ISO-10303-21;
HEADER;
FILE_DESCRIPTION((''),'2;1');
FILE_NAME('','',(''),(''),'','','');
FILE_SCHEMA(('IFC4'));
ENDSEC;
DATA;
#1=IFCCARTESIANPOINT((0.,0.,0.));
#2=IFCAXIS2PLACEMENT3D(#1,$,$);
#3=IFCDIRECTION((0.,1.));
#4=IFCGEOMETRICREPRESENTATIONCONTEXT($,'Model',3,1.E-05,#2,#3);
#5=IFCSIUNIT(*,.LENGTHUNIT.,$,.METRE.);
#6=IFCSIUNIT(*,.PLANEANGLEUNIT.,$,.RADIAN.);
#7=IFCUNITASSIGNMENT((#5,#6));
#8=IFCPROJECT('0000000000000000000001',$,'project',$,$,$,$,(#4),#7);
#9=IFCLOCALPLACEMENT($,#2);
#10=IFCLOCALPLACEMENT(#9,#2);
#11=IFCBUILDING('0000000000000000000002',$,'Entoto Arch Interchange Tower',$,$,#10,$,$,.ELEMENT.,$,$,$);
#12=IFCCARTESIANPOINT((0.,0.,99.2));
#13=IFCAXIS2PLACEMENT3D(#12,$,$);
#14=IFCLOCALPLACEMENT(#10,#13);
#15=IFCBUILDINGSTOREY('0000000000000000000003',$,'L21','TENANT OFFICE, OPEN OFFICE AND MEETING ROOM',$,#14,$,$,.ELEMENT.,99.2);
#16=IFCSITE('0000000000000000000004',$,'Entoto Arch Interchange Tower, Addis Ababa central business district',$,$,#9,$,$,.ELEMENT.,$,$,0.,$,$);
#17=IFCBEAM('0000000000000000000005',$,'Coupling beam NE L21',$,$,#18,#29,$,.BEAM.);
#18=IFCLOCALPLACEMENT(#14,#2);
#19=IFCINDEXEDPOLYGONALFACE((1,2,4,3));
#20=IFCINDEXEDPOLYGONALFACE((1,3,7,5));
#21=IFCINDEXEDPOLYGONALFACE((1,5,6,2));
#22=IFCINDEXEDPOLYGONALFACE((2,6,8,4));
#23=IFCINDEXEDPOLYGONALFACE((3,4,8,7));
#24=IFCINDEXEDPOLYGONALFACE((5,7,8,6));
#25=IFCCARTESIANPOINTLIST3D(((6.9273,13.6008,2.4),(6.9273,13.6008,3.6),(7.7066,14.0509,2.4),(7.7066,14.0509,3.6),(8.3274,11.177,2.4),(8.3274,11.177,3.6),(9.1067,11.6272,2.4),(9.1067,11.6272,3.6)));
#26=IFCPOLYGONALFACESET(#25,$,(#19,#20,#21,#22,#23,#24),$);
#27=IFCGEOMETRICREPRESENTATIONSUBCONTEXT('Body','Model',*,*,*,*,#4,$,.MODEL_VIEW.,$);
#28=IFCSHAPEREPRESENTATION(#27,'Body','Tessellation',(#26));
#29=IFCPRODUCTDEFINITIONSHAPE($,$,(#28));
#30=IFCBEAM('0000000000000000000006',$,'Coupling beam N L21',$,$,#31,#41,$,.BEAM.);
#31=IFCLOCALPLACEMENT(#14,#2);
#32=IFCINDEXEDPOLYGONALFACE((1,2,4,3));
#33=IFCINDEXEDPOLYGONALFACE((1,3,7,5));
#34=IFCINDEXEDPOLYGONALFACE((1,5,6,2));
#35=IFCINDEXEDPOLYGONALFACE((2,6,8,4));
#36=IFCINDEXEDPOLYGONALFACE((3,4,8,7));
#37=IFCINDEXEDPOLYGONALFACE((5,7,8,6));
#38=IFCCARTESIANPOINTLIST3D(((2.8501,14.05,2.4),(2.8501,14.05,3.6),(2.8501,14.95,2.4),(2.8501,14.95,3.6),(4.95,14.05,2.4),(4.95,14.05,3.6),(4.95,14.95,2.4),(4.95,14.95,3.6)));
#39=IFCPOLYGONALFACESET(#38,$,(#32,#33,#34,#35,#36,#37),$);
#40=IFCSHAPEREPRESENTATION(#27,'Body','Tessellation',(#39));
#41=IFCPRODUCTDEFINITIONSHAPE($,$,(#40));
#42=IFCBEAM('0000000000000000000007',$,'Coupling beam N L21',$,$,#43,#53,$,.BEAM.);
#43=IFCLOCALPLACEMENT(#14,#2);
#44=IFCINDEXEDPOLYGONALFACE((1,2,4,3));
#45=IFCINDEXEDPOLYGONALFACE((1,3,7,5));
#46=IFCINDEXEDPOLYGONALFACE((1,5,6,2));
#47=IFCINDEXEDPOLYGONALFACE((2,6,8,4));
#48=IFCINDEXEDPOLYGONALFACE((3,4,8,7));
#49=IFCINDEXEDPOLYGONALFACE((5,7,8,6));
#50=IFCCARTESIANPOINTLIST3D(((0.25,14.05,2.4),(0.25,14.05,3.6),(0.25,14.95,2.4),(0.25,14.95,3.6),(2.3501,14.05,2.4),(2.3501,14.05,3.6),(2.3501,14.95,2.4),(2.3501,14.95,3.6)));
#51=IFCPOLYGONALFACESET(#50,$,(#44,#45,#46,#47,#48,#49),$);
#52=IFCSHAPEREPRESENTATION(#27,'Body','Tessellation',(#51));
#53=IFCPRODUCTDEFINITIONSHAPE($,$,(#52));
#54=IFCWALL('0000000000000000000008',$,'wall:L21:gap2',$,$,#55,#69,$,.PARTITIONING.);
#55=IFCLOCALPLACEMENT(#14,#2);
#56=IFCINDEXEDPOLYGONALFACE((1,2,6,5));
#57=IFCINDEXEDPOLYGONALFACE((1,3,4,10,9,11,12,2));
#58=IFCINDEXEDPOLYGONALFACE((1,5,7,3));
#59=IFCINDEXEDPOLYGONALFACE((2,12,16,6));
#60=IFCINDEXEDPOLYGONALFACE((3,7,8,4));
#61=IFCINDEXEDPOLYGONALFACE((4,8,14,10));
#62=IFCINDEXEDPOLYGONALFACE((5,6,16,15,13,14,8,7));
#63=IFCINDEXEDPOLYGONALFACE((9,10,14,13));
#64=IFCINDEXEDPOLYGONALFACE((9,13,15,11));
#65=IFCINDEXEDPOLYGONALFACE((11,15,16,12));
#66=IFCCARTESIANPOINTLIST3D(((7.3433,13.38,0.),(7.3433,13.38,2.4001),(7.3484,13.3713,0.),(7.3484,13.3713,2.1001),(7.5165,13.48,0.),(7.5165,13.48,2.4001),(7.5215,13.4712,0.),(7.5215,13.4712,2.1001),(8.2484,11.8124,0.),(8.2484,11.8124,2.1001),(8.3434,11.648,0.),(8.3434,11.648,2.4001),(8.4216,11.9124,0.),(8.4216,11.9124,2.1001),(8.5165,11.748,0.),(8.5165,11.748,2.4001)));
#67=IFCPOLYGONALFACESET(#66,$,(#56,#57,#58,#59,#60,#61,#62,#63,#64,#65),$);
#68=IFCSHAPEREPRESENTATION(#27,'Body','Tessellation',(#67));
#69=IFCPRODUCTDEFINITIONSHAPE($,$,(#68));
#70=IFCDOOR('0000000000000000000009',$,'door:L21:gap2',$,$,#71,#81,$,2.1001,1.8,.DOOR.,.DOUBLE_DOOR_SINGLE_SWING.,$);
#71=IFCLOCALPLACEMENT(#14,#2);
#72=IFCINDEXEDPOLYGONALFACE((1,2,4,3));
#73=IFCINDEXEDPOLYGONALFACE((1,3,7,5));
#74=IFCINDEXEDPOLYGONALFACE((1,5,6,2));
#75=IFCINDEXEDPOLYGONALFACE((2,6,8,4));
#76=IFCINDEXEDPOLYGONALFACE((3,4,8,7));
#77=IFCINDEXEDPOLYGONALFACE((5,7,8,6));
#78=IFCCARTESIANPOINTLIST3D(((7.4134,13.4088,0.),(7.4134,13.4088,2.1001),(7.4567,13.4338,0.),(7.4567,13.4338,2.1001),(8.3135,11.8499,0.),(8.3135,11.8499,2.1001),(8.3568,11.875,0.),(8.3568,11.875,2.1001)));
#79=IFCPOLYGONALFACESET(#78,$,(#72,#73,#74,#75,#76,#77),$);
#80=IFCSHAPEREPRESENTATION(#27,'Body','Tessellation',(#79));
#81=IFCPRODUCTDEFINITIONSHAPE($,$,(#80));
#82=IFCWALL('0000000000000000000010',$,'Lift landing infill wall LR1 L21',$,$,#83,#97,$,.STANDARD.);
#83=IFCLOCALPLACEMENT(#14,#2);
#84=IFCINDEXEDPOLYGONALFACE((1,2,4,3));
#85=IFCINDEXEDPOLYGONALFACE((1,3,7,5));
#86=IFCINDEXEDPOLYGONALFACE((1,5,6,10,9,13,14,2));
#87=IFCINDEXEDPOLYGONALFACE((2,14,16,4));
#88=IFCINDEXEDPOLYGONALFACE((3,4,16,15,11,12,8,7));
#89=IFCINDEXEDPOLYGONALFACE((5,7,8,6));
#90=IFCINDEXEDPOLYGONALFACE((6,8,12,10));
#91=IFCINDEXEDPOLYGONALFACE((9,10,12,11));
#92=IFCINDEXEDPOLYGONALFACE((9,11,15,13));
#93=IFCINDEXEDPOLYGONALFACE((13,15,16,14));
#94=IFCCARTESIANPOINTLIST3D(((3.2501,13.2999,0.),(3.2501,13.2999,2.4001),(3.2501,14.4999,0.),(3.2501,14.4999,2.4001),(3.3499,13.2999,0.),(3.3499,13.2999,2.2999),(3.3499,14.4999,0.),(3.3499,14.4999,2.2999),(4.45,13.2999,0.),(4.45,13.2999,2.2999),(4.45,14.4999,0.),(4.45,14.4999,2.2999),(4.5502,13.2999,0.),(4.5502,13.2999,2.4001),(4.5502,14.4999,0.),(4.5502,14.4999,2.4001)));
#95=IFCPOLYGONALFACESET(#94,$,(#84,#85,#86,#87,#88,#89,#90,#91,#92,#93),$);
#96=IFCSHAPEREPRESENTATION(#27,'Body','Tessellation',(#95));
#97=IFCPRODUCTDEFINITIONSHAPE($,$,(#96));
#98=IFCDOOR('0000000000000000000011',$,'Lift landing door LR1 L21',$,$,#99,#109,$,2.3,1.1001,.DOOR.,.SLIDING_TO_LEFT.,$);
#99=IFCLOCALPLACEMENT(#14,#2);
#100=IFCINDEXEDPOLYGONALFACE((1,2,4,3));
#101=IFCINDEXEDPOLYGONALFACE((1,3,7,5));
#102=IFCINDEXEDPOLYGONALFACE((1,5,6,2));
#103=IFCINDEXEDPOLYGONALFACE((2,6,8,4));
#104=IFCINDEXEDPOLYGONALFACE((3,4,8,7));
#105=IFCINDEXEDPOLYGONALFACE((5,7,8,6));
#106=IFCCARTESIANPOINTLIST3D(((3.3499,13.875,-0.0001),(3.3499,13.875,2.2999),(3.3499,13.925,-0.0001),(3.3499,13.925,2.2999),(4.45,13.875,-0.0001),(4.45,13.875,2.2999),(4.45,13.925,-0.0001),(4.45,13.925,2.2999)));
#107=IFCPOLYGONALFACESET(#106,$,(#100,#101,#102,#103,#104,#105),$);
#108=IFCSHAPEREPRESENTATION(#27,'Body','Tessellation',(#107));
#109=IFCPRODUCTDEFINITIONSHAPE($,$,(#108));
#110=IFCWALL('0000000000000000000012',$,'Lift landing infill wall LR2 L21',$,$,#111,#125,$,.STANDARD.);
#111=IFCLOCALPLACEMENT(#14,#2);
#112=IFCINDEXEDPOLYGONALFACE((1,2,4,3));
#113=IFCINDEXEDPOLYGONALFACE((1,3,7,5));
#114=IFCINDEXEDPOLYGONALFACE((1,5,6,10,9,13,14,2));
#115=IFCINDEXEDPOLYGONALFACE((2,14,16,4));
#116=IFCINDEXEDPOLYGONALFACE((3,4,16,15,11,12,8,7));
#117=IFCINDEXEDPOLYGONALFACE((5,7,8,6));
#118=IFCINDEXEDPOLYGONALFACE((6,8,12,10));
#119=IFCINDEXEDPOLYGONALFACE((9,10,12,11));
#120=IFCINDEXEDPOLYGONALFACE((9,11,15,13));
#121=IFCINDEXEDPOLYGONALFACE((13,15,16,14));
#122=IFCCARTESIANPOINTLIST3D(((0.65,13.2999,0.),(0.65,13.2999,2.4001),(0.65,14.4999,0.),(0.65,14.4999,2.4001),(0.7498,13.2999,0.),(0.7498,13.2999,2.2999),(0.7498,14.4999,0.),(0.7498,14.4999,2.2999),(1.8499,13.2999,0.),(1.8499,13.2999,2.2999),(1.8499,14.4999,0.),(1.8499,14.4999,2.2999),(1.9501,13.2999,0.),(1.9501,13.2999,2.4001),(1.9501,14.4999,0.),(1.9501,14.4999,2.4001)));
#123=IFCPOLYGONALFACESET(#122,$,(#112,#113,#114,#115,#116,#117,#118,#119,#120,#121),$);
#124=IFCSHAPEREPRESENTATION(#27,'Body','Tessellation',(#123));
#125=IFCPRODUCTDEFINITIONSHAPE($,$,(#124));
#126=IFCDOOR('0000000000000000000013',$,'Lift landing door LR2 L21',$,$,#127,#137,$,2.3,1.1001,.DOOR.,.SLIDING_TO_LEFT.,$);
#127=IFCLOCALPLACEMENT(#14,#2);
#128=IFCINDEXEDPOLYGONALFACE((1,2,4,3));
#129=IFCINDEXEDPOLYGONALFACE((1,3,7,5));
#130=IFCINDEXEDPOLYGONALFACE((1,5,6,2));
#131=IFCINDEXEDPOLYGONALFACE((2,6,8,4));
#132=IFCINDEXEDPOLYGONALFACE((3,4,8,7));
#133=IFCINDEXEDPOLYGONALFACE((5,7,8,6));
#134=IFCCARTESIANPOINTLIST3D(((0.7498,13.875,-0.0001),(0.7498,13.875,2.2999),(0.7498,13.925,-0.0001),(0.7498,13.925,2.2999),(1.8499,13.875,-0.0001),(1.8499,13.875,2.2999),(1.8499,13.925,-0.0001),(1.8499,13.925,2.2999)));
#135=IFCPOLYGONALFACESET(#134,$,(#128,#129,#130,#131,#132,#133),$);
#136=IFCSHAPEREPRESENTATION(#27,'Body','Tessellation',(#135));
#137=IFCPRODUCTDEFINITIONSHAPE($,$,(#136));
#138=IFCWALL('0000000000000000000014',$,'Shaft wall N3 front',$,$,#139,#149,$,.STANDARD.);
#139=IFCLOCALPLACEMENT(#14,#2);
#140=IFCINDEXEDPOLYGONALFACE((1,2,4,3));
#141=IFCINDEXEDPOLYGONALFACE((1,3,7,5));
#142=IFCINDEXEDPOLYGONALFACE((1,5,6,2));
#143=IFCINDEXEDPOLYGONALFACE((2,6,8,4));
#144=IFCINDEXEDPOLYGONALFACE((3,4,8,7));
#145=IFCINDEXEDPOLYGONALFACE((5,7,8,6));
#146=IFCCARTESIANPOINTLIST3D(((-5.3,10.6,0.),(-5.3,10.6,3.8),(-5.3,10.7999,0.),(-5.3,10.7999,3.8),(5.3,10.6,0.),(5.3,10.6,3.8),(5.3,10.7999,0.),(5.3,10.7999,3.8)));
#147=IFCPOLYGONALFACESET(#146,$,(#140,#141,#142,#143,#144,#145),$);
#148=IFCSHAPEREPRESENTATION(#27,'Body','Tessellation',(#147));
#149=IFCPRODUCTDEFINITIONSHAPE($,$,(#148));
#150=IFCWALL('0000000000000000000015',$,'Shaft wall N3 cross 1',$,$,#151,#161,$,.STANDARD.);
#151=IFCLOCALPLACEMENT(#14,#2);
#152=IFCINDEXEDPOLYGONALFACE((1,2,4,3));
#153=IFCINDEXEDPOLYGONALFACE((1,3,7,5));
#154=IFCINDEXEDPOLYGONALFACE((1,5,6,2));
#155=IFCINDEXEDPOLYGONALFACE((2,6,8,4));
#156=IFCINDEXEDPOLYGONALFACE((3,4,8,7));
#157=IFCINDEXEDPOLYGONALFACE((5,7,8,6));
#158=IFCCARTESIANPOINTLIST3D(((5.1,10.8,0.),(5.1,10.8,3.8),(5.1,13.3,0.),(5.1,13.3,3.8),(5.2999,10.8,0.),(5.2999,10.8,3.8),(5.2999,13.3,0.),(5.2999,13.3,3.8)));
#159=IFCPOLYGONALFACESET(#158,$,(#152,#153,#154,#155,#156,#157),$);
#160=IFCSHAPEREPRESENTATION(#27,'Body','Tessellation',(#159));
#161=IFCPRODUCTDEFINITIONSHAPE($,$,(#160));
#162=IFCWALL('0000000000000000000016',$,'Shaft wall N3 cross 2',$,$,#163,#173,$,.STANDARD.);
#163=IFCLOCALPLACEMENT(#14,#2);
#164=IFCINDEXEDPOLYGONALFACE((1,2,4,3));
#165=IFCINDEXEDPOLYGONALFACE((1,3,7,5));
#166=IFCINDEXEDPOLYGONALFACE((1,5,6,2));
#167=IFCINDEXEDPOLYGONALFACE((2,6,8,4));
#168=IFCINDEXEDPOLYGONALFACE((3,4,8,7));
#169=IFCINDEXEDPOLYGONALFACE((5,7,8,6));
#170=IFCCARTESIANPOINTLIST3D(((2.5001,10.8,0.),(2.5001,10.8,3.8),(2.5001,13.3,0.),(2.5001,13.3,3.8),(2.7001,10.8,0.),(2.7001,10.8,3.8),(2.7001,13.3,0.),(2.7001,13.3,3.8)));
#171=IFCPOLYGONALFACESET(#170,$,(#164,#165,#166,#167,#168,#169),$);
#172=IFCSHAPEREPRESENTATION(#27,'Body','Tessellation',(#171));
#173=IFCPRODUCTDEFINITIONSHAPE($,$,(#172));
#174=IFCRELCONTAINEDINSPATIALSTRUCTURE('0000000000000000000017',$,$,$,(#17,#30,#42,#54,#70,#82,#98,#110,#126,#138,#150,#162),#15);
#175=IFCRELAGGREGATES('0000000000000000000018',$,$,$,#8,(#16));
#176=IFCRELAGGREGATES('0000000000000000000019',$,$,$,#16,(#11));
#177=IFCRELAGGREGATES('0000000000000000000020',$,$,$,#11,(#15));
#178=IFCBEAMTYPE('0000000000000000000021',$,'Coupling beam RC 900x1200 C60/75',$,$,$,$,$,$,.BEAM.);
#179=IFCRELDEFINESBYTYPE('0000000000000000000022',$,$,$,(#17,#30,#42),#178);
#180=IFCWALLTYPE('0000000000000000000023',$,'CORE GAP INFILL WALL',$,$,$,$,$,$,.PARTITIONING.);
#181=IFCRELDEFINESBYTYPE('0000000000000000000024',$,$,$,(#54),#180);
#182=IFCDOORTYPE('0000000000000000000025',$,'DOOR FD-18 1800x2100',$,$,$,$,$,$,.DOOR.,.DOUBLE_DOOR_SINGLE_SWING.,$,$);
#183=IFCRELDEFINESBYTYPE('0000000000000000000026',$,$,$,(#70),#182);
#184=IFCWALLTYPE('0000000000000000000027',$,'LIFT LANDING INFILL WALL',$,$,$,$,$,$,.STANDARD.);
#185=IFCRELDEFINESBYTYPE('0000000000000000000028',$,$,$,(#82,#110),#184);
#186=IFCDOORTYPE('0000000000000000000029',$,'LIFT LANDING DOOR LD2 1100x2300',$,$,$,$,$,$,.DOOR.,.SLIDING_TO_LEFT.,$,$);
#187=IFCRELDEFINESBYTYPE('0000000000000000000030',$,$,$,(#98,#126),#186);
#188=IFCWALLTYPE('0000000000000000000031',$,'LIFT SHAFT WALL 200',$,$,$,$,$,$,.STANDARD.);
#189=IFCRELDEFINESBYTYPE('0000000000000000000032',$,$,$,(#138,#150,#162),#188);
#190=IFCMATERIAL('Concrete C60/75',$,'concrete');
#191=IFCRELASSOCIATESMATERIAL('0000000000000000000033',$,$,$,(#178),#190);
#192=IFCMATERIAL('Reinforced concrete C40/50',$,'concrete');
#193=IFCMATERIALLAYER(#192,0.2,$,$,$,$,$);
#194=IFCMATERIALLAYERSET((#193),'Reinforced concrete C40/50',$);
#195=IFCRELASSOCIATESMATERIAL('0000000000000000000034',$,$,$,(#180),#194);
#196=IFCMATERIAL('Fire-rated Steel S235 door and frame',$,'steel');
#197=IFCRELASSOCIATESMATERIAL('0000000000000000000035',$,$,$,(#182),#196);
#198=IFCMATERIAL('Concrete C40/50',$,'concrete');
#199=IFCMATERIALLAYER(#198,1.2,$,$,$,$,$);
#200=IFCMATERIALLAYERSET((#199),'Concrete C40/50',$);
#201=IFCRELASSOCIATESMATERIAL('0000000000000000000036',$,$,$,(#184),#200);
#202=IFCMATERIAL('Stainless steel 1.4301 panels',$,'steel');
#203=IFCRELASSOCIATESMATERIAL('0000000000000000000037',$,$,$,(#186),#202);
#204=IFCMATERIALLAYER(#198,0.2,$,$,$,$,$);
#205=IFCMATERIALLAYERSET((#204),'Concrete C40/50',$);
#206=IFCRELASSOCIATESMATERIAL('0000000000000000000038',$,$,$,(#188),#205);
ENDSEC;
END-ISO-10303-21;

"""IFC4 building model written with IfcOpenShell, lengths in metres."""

from ifc_helpers import new_model, si_unit, direction, frame, frame_2d, origin, origin_2d, place, context, subcontext, project, spatial, rectangle, extrude, material, layer, layer_set, material_profile, profile_set, type_object, element, fill, save


model = new_model("IFC4")

# Units and contexts
model_context = context("Model", 3, precision=1e-05, world=origin(), true_north=direction((0.0, 1.0)))
body_context = subcontext(model_context, "Body", "Model", "MODEL_VIEW")
ifc_project = project(units=[si_unit("LENGTHUNIT", "METRE"), si_unit("PLANEANGLEUNIT", "RADIAN")], contexts=[model_context])

# Site, building, storey
site_placement = place(None, origin())
site = spatial("IfcSite", under=ifc_project, at=site_placement, Name="Entoto Arch Interchange Tower, Addis Ababa central business district", CompositionType="ELEMENT", RefElevation=0.0)
building_placement = place(site_placement, origin())
building = spatial("IfcBuilding", under=site, at=building_placement, Name="Entoto Arch Interchange Tower", CompositionType="ELEMENT")
storey_placement = place(building_placement, frame((0.0, 0.0, 99.2)))
storey = spatial("IfcBuildingStorey", under=building, at=storey_placement, Name="L21", Description="TENANT OFFICE, OPEN OFFICE AND MEETING ROOM", CompositionType="ELEMENT", Elevation=99.2)

# Beams
ifc_material_1 = material(Name="Concrete C60/75", Category="concrete")
ifc_material_profile = material_profile(ifc_material_1, rectangle(XDim=0.8999, YDim=1.2, at=origin_2d()))
ifc_profile_set = profile_set([ifc_material_profile], Name="Concrete C60/75")
beam_type = type_object("IfcBeamType", Name="Coupling beam RC 900x1200 C60/75", PredefinedType="BEAM", material=ifc_profile_set)
beam_1_placement = place(storey_placement, frame((8.717, 11.4021, 3.0), z_axis=(-0.500201, 0.86591, 0.0), x_axis=(-0.86591, -0.500201, 0.0)))
element("IfcBeam", 1, at=beam_1_placement, inside=storey, type_object=beam_type, Name="Coupling beam NE L21", PredefinedType="BEAM", context=body_context, shape_type="SweptSolid", body=[
    extrude(rectangle(XDim=0.8999, YDim=1.2, at=origin_2d()), origin(), (0.0, 0.0, 1.0), 2.7991),
])
beam_2_placement = place(storey_placement, frame((4.95, 14.5, 3.0), z_axis=(-1.0, 0.0, 0.0), x_axis=(0.0, -1.0, 0.0)))
element("IfcBeam", 2, at=beam_2_placement, inside=storey, type_object=beam_type, Name="Coupling beam N L21", PredefinedType="BEAM", context=body_context, shape_type="SweptSolid", body=[
    extrude(rectangle(XDim=0.8999, YDim=1.2, at=origin_2d()), origin(), (0.0, 0.0, 1.0), 2.0999),
])
beam_3_placement = place(storey_placement, frame((2.3501, 14.5, 3.0), z_axis=(-1.0, 0.0, 0.0), x_axis=(0.0, -1.0, 0.0)))
element("IfcBeam", 3, at=beam_3_placement, inside=storey, type_object=beam_type, Name="Coupling beam N L21", PredefinedType="BEAM", context=body_context, shape_type="SweptSolid", body=[
    extrude(rectangle(XDim=0.8999, YDim=1.2, at=origin_2d()), origin(), (0.0, 0.0, 1.0), 2.1001),
])

# Walls, openings, doors
ifc_material_2 = material(Name="Reinforced concrete C40/50", Category="concrete")
ifc_layer_1 = layer(ifc_material_2, 0.2)
ifc_layer_set_1 = layer_set([ifc_layer_1], Name="Reinforced concrete C40/50")
wall_type_1 = type_object("IfcWallType", Name="CORE GAP INFILL WALL", PredefinedType="PARTITIONING", material=ifc_layer_set_1)
wall_1_placement = place(storey_placement, frame((8.4299, 11.698, 0.0), z_axis=(0.0, 0.0, 1.0), x_axis=(-0.500025, 0.866011, 0.0)))
wall_1 = element("IfcWall", 4, at=wall_1_placement, inside=storey, type_object=wall_type_1, Name="wall:L21:gap2", PredefinedType="PARTITIONING", context=body_context, shape_type="SweptSolid", body=[
    extrude(rectangle(XDim=2.0, YDim=0.2, at=frame_2d((1.0, 0.0))), origin(), (0.0, 0.0, 1.0), 2.4001),
])
opening_1_placement = place(wall_1_placement, frame((0.1899, 0.0, 0.0)))
opening_1 = element("IfcOpeningElement", 5, at=opening_1_placement, cuts=wall_1, PredefinedType="OPENING", context=body_context, shape_type="SweptSolid", body=[
    extrude(rectangle(XDim=1.8, YDim=2.1001, at=frame_2d((0.8999, 1.05))), frame((0.0, 0.1099, 0.0), z_axis=(0.0, -1.0, 0.0), x_axis=(1.0, 0.0, 0.0)), (0.0, 0.0, 1.0), 0.22),
])
ifc_material_3 = material(Name="Fire-rated Steel S235 door and frame", Category="steel")
door_type_1 = type_object("IfcDoorType", Name="DOOR FD-18 1800x2100", OperationType="DOUBLE_DOOR_SINGLE_SWING", PredefinedType="DOOR", material=ifc_material_3)
door_1_placement = place(opening_1_placement, origin())
door_1 = element("IfcDoor", 6, at=door_1_placement, inside=storey, type_object=door_type_1, Name="door:L21:gap2", OperationType="DOUBLE_DOOR_SINGLE_SWING", OverallHeight=2.1001, OverallWidth=1.8, PredefinedType="DOOR", context=body_context, shape_type="SweptSolid", body=[
    extrude(rectangle(XDim=1.8, YDim=2.1001, at=frame_2d((0.8999, 1.05))), frame((0.0, 0.0249, 0.0), z_axis=(0.0, -1.0, 0.0), x_axis=(1.0, 0.0, 0.0)), (0.0, 0.0, 1.0), 0.05),
])
fill(opening_1, door_1)
ifc_material_4 = material(Name="Concrete C40/50", Category="concrete")
ifc_layer_2 = layer(ifc_material_4, 1.2)
ifc_layer_set_2 = layer_set([ifc_layer_2], Name="Concrete C40/50")
wall_type_2 = type_object("IfcWallType", Name="LIFT LANDING INFILL WALL", PredefinedType="STANDARD", material=ifc_layer_set_2)
wall_2_placement = place(storey_placement, frame((4.55, 13.8999, 0.0), z_axis=(0.0, 0.0, 1.0), x_axis=(-1.0, 0.0, 0.0)))
wall_2 = element("IfcWall", 7, at=wall_2_placement, inside=storey, type_object=wall_type_2, Name="Lift landing infill wall LR1 L21", PredefinedType="STANDARD", context=body_context, shape_type="SweptSolid", body=[
    extrude(rectangle(XDim=1.3, YDim=1.2, at=frame_2d((0.6499, 0.0))), origin(), (0.0, 0.0, 1.0), 2.4001),
])
opening_2_placement = place(wall_2_placement, frame((0.1001, 0.0, 0.0)))
opening_2 = element("IfcOpeningElement", 8, at=opening_2_placement, cuts=wall_2, PredefinedType="OPENING", context=body_context, shape_type="SweptSolid", body=[
    extrude(rectangle(XDim=1.1001, YDim=2.3, at=frame_2d((0.55, 1.1499))), frame((0.0, 0.6099, 0.0), z_axis=(0.0, -1.0, 0.0), x_axis=(1.0, 0.0, 0.0)), (0.0, 0.0, 1.0), 1.22),
])
ifc_material_5 = material(Name="Stainless steel 1.4301 panels", Category="steel")
door_type_2 = type_object("IfcDoorType", Name="LIFT LANDING DOOR LD2 1100x2300", OperationType="SLIDING_TO_LEFT", PredefinedType="DOOR", material=ifc_material_5)
door_2_placement = place(opening_2_placement, origin())
door_2 = element("IfcDoor", 9, at=door_2_placement, inside=storey, type_object=door_type_2, Name="Lift landing door LR1 L21", OperationType="SLIDING_TO_LEFT", OverallHeight=2.3, OverallWidth=1.1001, PredefinedType="DOOR", context=body_context, shape_type="SweptSolid", body=[
    extrude(rectangle(XDim=1.1001, YDim=2.3, at=frame_2d((0.55, 1.1499))), frame((0.0, 0.0249, 0.0), z_axis=(0.0, -1.0, 0.0), x_axis=(1.0, 0.0, 0.0)), (0.0, 0.0, 1.0), 0.05),
])
fill(opening_2, door_2)
wall_3_placement = place(storey_placement, frame((1.95, 13.8999, 0.0), z_axis=(0.0, 0.0, 1.0), x_axis=(-1.0, 0.0, 0.0)))
wall_3 = element("IfcWall", 10, at=wall_3_placement, inside=storey, type_object=wall_type_2, Name="Lift landing infill wall LR2 L21", PredefinedType="STANDARD", context=body_context, shape_type="SweptSolid", body=[
    extrude(rectangle(XDim=1.3, YDim=1.2, at=frame_2d((0.6499, 0.0))), origin(), (0.0, 0.0, 1.0), 2.4001),
])
opening_3_placement = place(wall_3_placement, frame((0.1001, 0.0, 0.0)))
opening_3 = element("IfcOpeningElement", 11, at=opening_3_placement, cuts=wall_3, PredefinedType="OPENING", context=body_context, shape_type="SweptSolid", body=[
    extrude(rectangle(XDim=1.1001, YDim=2.3, at=frame_2d((0.55, 1.1499))), frame((0.0, 0.6099, 0.0), z_axis=(0.0, -1.0, 0.0), x_axis=(1.0, 0.0, 0.0)), (0.0, 0.0, 1.0), 1.22),
])
door_3_placement = place(opening_3_placement, origin())
door_3 = element("IfcDoor", 12, at=door_3_placement, inside=storey, type_object=door_type_2, Name="Lift landing door LR2 L21", OperationType="SLIDING_TO_LEFT", OverallHeight=2.3, OverallWidth=1.1001, PredefinedType="DOOR", context=body_context, shape_type="SweptSolid", body=[
    extrude(rectangle(XDim=1.1001, YDim=2.3, at=frame_2d((0.55, 1.1499))), frame((0.0, 0.0249, 0.0), z_axis=(0.0, -1.0, 0.0), x_axis=(1.0, 0.0, 0.0)), (0.0, 0.0, 1.0), 0.05),
])
fill(opening_3, door_3)

# Walls
ifc_layer_3 = layer(ifc_material_4, 0.2)
ifc_layer_set_3 = layer_set([ifc_layer_3], Name="Concrete C40/50")
wall_type_3 = type_object("IfcWallType", Name="LIFT SHAFT WALL 200", PredefinedType="STANDARD", material=ifc_layer_set_3)
wall_4_placement = place(storey_placement, frame((5.3, 10.7, 0.0), z_axis=(0.0, 0.0, 1.0), x_axis=(-1.0, 0.0, 0.0)))
element("IfcWall", 13, at=wall_4_placement, inside=storey, type_object=wall_type_3, Name="Shaft wall N3 front", PredefinedType="STANDARD", context=body_context, shape_type="SweptSolid", body=[
    extrude(rectangle(XDim=10.6001, YDim=0.2, at=frame_2d((5.3, 0.0))), origin(), (0.0, 0.0, 1.0), 3.8),
])
for number, where, z_axis, x_axis, name in (
    (14, (5.2, 10.8, 0.0), (0.0, 0.0, 1.0), (0.0, 1.0, 0.0), "Shaft wall N3 cross 1"),
    (15, (2.6001, 10.8, 0.0), (0.0, 0.0, 1.0), (0.0, 1.0, 0.0), "Shaft wall N3 cross 2"),
):
    element("IfcWall", number, at=place(storey_placement, frame(where, z_axis=z_axis, x_axis=x_axis)), inside=storey, type_object=wall_type_3, Name=name, PredefinedType="STANDARD", context=body_context, shape_type="SweptSolid", body=[
        extrude(rectangle(XDim=2.5, YDim=0.2, at=frame_2d((1.25, 0.0))), origin(), (0.0, 0.0, 1.0), 3.8),
    ])

save(model, "model.ifc")
